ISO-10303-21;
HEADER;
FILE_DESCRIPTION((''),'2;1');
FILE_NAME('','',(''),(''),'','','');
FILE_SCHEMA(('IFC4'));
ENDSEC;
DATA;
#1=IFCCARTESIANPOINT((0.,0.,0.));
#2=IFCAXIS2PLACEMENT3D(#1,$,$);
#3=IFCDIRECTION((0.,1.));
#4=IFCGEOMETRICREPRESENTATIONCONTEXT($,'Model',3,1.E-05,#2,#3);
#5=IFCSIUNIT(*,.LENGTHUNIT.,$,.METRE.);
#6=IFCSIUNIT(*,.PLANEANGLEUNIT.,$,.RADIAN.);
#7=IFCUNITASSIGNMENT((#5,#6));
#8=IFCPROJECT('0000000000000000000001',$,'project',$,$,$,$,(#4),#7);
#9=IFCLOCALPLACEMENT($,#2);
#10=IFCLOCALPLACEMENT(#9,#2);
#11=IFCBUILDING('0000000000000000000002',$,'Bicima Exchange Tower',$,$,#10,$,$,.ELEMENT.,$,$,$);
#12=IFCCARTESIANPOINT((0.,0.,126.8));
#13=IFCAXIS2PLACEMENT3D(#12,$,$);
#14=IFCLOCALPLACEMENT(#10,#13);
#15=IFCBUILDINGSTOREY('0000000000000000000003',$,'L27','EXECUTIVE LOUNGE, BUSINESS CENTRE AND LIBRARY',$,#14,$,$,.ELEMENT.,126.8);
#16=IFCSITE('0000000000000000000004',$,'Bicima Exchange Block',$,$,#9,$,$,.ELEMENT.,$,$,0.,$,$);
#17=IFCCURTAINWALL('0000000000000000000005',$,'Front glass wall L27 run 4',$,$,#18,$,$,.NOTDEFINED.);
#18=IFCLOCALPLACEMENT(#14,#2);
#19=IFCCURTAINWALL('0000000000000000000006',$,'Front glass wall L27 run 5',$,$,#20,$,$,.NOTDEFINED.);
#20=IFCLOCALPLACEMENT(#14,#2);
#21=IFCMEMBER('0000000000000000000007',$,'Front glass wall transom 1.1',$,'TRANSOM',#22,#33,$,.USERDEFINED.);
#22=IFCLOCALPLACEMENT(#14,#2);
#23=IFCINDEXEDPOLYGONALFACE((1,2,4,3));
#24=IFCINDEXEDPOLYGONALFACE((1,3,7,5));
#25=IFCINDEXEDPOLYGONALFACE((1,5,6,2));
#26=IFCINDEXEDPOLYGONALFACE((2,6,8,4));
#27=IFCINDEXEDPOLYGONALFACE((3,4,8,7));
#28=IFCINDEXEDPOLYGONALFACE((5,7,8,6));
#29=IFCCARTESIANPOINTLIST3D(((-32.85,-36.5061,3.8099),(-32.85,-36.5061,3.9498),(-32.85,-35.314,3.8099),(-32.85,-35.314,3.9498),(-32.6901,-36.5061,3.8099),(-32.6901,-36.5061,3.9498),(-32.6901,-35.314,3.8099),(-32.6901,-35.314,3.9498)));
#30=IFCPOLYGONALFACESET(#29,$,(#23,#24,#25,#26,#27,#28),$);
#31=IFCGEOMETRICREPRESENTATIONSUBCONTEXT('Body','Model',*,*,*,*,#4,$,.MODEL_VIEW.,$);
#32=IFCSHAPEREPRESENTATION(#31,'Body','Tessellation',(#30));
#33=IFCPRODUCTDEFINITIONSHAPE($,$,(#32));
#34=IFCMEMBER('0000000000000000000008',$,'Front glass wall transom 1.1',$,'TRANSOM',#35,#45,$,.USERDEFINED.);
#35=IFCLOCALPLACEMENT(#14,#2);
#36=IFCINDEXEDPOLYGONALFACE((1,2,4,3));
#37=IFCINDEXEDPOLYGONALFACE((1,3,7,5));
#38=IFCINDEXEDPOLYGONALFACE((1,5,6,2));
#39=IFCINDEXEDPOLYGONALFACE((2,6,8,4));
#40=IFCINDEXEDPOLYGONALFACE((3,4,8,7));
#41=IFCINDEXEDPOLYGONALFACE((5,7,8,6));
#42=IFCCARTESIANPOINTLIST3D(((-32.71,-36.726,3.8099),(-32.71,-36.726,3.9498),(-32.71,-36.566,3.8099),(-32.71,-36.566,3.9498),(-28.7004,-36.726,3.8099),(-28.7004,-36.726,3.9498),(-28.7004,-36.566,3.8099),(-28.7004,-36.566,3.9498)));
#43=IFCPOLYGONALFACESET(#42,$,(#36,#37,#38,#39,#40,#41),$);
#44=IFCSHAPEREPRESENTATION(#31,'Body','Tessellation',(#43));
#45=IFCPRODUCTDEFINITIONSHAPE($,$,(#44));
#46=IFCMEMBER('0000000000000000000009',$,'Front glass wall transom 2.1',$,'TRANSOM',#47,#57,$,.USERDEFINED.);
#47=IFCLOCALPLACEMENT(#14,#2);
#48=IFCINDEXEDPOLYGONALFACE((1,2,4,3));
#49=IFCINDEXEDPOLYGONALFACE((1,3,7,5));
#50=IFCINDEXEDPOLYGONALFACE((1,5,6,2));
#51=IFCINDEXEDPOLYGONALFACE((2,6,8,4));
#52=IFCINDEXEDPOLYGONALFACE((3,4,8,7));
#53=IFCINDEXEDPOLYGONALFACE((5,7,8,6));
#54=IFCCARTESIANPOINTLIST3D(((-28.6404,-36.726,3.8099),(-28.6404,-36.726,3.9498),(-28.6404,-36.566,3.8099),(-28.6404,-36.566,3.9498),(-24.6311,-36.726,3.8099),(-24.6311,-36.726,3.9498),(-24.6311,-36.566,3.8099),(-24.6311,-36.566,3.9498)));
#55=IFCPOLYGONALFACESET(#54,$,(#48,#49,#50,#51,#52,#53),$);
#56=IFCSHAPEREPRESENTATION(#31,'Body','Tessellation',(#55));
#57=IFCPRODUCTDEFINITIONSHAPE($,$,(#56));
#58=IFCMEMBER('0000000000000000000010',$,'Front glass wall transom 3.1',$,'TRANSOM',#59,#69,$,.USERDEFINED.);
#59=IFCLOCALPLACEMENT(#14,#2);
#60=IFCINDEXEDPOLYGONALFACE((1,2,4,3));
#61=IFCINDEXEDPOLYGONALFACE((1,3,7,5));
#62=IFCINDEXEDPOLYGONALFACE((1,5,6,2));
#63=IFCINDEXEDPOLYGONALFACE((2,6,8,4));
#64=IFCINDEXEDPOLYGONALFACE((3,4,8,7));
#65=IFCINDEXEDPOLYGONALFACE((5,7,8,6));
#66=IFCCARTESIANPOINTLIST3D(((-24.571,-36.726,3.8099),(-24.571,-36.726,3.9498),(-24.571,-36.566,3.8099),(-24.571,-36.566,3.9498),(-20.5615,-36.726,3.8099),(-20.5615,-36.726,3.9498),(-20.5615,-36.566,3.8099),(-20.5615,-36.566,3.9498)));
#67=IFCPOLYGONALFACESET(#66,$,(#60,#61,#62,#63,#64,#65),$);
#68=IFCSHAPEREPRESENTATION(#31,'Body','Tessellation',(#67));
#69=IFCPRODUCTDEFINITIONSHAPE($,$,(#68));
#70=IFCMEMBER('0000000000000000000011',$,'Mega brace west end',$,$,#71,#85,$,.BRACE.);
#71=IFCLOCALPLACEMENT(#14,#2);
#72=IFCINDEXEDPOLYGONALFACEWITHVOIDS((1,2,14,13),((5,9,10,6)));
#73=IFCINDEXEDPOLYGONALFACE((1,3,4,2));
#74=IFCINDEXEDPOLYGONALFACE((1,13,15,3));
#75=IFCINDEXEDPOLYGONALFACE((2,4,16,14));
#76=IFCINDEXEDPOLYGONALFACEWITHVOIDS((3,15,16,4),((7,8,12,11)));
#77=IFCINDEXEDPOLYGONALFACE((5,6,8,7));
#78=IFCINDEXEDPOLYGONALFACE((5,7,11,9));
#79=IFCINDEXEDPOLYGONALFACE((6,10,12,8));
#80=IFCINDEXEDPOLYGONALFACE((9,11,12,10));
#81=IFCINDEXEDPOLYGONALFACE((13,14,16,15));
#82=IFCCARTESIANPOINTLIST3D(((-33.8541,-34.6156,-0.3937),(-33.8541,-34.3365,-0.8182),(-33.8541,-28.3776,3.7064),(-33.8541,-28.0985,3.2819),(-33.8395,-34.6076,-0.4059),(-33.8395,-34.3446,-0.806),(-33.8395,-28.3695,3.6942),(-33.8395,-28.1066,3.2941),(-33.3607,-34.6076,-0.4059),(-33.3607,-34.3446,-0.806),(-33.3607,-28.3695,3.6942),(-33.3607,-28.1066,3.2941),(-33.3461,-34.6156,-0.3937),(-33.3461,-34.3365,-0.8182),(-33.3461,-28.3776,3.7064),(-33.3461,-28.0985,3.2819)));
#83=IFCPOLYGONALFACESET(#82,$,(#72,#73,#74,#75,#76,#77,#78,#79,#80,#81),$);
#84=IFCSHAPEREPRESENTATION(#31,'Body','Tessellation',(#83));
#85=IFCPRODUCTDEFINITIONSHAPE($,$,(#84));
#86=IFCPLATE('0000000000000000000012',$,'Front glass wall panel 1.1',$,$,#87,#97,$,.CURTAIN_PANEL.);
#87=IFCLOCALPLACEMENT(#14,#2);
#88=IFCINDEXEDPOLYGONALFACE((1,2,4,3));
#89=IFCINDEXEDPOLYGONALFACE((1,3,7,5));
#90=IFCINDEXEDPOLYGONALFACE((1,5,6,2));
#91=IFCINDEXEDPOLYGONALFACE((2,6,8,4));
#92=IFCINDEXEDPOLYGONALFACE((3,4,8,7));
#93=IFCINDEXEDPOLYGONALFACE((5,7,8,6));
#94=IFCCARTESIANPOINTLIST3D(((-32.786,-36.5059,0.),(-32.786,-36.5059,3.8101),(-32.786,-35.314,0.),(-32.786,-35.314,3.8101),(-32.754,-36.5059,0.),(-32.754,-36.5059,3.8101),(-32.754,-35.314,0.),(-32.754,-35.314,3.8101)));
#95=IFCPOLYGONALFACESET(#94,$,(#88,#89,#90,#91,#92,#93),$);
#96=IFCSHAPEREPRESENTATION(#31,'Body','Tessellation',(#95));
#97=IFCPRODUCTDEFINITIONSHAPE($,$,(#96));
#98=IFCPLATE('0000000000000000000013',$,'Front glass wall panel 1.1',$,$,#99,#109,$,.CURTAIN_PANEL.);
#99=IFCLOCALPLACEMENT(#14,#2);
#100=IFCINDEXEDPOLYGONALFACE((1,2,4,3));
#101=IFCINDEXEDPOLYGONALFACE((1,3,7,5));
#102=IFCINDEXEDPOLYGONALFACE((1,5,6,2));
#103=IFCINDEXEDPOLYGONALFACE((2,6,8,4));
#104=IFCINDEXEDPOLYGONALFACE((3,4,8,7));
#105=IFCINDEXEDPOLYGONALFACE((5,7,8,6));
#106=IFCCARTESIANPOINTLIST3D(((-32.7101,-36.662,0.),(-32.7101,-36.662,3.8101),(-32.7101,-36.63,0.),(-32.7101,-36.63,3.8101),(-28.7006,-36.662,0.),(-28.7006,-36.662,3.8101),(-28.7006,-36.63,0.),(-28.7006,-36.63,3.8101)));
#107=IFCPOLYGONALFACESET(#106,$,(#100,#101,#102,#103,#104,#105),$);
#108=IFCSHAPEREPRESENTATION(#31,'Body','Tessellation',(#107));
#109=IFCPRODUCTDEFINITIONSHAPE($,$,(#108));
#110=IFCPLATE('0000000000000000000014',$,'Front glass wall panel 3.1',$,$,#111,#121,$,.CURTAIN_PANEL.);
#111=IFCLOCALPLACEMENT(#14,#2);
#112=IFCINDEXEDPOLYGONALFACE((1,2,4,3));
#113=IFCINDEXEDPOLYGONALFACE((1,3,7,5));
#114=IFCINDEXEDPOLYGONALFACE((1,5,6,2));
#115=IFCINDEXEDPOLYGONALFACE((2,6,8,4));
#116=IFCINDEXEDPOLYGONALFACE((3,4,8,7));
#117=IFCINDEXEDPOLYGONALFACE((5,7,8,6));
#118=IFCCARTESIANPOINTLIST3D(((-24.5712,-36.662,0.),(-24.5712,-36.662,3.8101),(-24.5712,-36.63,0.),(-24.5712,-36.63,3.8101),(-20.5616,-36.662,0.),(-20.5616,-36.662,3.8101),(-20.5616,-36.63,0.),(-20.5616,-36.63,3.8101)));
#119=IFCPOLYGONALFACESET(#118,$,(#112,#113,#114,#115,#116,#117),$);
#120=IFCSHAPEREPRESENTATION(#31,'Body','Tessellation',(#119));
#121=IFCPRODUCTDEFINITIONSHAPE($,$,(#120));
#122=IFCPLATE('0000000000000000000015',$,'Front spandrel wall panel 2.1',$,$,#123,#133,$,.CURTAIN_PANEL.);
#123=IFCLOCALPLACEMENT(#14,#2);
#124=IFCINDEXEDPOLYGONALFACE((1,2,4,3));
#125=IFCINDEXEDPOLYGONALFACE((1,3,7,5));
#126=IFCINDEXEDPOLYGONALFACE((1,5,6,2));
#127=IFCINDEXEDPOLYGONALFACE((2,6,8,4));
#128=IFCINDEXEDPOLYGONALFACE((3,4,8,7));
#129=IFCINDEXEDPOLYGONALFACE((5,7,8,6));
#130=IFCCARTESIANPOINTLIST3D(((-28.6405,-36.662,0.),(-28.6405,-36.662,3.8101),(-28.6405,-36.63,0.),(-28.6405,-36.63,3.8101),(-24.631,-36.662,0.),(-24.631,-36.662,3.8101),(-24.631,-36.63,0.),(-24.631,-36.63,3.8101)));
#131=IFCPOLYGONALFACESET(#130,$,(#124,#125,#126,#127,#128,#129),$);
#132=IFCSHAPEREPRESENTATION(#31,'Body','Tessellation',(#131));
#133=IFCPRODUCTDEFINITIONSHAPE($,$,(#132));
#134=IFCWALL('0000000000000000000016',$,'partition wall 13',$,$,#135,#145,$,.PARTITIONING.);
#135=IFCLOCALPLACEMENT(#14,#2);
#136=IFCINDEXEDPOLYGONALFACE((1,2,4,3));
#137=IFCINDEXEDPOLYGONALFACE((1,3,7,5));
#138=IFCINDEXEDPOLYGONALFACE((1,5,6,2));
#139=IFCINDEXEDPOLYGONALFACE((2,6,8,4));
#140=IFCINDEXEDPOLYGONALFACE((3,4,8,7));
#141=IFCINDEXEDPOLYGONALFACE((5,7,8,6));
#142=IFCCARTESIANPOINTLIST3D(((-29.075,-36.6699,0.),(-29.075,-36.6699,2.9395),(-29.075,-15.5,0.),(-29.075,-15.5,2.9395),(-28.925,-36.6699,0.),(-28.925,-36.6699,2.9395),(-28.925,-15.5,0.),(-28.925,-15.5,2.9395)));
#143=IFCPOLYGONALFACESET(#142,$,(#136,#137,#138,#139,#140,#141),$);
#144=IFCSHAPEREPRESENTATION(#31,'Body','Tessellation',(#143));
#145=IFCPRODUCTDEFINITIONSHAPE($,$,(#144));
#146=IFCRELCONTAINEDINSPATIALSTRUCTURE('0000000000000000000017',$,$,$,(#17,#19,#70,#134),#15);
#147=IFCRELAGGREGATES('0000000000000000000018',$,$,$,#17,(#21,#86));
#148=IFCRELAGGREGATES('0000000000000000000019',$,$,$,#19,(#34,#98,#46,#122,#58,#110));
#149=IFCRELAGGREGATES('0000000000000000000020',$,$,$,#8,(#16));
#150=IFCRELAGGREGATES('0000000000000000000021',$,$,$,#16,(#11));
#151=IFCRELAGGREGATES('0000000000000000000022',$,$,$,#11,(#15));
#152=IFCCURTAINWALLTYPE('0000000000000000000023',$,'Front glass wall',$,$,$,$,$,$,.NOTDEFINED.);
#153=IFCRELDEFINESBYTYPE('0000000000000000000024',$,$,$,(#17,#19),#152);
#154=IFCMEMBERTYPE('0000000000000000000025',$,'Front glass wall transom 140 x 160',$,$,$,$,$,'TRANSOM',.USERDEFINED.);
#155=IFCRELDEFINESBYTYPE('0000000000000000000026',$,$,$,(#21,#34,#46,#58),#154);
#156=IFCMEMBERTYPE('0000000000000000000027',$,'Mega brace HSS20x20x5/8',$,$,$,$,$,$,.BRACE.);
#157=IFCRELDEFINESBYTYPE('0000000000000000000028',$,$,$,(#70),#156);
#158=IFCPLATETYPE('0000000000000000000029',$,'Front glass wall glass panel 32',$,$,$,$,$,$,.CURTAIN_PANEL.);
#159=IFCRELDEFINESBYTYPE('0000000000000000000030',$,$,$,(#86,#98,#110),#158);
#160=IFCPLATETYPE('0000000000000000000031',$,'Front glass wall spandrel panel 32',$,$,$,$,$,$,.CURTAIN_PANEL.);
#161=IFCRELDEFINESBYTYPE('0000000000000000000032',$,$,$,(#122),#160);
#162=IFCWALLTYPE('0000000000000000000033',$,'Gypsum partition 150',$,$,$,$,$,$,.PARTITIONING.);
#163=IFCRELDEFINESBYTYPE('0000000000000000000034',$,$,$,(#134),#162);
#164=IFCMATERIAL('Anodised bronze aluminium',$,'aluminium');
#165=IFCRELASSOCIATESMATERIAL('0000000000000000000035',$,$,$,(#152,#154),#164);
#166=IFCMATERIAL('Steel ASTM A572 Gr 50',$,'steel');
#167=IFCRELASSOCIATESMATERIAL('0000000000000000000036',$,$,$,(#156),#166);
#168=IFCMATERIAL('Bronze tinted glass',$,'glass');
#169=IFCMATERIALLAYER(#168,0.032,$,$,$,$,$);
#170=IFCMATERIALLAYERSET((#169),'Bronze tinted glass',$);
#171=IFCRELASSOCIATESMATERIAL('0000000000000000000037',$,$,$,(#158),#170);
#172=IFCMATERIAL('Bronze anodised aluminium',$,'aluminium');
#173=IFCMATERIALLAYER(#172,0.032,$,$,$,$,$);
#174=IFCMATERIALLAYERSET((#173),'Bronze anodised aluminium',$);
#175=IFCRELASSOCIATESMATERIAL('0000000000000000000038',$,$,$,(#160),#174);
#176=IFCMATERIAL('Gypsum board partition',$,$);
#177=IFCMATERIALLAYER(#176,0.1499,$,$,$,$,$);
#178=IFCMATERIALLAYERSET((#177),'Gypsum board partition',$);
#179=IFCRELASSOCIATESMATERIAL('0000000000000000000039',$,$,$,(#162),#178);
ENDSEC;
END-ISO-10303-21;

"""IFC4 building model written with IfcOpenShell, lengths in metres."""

from ifc_helpers import new_model, si_unit, direction, frame, frame_2d, origin, origin_2d, place, context, subcontext, project, spatial, rectangle, hollow_rectangle, extrude, material, layer, layer_set, material_profile, profile_set, type_object, element, aggregate, save


model = new_model("IFC4")

# Units and contexts
model_context = context("Model", 3, precision=1e-05, world=origin(), true_north=direction((0.0, 1.0)))
body_context = subcontext(model_context, "Body", "Model", "MODEL_VIEW")
ifc_project = project(units=[si_unit("LENGTHUNIT", "METRE"), si_unit("PLANEANGLEUNIT", "RADIAN")], contexts=[model_context])

# Site, building, storey
site_placement = place(None, origin())
site = spatial("IfcSite", under=ifc_project, at=site_placement, Name="Bicima Exchange Block", CompositionType="ELEMENT", RefElevation=0.0)
building_placement = place(site_placement, origin())
building = spatial("IfcBuilding", under=site, at=building_placement, Name="Bicima Exchange Tower", CompositionType="ELEMENT")
storey_placement = place(building_placement, frame((0.0, 0.0, 126.8)))
storey = spatial("IfcBuildingStorey", under=building, at=storey_placement, Name="L27", Description="EXECUTIVE LOUNGE, BUSINESS CENTRE AND LIBRARY", CompositionType="ELEMENT", Elevation=126.8)

# Shared definitions
ifc_material_1 = material(Name="Steel ASTM A572 Gr 50", Category="steel")

# Shared definitions
ifc_material_2 = material(Name="Anodised bronze aluminium", Category="aluminium")
curtain_wall_type = type_object("IfcCurtainWallType", Name="Front glass wall", PredefinedType="NOTDEFINED", material=ifc_material_2)

# Curtain walls
curtain_wall_1_placement = place(storey_placement, origin())
curtain_wall_1 = element("IfcCurtainWall", 1, at=curtain_wall_1_placement, inside=storey, type_object=curtain_wall_type, Name="Front glass wall L27 run 4", PredefinedType="NOTDEFINED")
curtain_wall_2_placement = place(storey_placement, origin())
curtain_wall_2 = element("IfcCurtainWall", 2, at=curtain_wall_2_placement, inside=storey, type_object=curtain_wall_type, Name="Front glass wall L27 run 5", PredefinedType="NOTDEFINED")

# Members
ifc_material_profile_1 = material_profile(ifc_material_2, rectangle(XDim=0.1599, YDim=0.1399, at=origin_2d()))
ifc_profile_set_1 = profile_set([ifc_material_profile_1], Name="Anodised bronze aluminium")
member_type_1 = type_object("IfcMemberType", Name="Front glass wall transom 140 x 160", ElementType="TRANSOM", PredefinedType="USERDEFINED", material=ifc_profile_set_1)
member_1_placement = place(storey_placement, frame((-32.77, -35.314, 3.8799), z_axis=(0.0, -1.0, 0.0), x_axis=(1.0, 0.0, 0.0)))
member_1 = element("IfcMember", 3, at=member_1_placement, type_object=member_type_1, Name="Front glass wall transom 1.1", ObjectType="TRANSOM", PredefinedType="USERDEFINED", context=body_context, shape_type="SweptSolid", body=[
    extrude(rectangle(XDim=0.1599, YDim=0.1399, at=origin_2d()), origin(), (0.0, 0.0, 1.0), 1.1921),
])
member_2_placement = place(storey_placement, frame((-32.71, -36.646, 3.8799), z_axis=(1.0, 0.0, 0.0), x_axis=(0.0, 1.0, 0.0)))
member_2 = element("IfcMember", 4, at=member_2_placement, type_object=member_type_1, Name="Front glass wall transom 1.1", ObjectType="TRANSOM", PredefinedType="USERDEFINED", context=body_context, shape_type="SweptSolid", body=[
    extrude(rectangle(XDim=0.1599, YDim=0.1399, at=origin_2d()), origin(), (0.0, 0.0, 1.0), 4.0095),
])
member_3_placement = place(storey_placement, frame((-28.6404, -36.646, 3.8799), z_axis=(1.0, 0.0, 0.0), x_axis=(0.0, 1.0, 0.0)))
member_3 = element("IfcMember", 5, at=member_3_placement, type_object=member_type_1, Name="Front glass wall transom 2.1", ObjectType="TRANSOM", PredefinedType="USERDEFINED", context=body_context, shape_type="SweptSolid", body=[
    extrude(rectangle(XDim=0.1599, YDim=0.1399, at=origin_2d()), origin(), (0.0, 0.0, 1.0), 4.0093),
])
member_4_placement = place(storey_placement, frame((-24.571, -36.646, 3.8799), z_axis=(1.0, 0.0, 0.0), x_axis=(0.0, 1.0, 0.0)))
member_4 = element("IfcMember", 6, at=member_4_placement, type_object=member_type_1, Name="Front glass wall transom 3.1", ObjectType="TRANSOM", PredefinedType="USERDEFINED", context=body_context, shape_type="SweptSolid", body=[
    extrude(rectangle(XDim=0.1599, YDim=0.1399, at=origin_2d()), origin(), (0.0, 0.0, 1.0), 4.0095),
])
ifc_material_profile_2 = material_profile(ifc_material_1, hollow_rectangle(XDim=0.5081, YDim=0.5081, WallThickness=0.0146, at=origin_2d()))
ifc_profile_set_2 = profile_set([ifc_material_profile_2], Name="Steel ASTM A572 Gr 50")
member_type_2 = type_object("IfcMemberType", Name="Mega brace HSS20x20x5/8", PredefinedType="BRACE", material=ifc_profile_set_2)
member_5_placement = place(storey_placement, frame((-33.6001, -34.4761, -0.606), z_axis=(0.0, 0.835655, 0.549254), x_axis=(-1.0, 0.0, 0.0)))
element("IfcMember", 7, at=member_5_placement, inside=storey, type_object=member_type_2, Name="Mega brace west end", PredefinedType="BRACE", context=body_context, shape_type="SweptSolid", body=[
    extrude(hollow_rectangle(XDim=0.5081, YDim=0.5081, WallThickness=0.0146, at=origin_2d()), origin(), (0.0, 0.0, 1.0), 7.4648),
])

# Plates
ifc_material_3 = material(Name="Bronze tinted glass", Category="glass")
ifc_layer_1 = layer(ifc_material_3, 0.032)
ifc_layer_set_1 = layer_set([ifc_layer_1], Name="Bronze tinted glass")
plate_type_1 = type_object("IfcPlateType", Name="Front glass wall glass panel 32", PredefinedType="CURTAIN_PANEL", material=ifc_layer_set_1)
plate_1_placement = place(storey_placement, frame((-32.77, -35.9099, 0.0), z_axis=(0.0, 0.0, 1.0), x_axis=(0.0, -1.0, 0.0)))
plate_1 = element("IfcPlate", 8, at=plate_1_placement, type_object=plate_type_1, Name="Front glass wall panel 1.1", PredefinedType="CURTAIN_PANEL", context=body_context, shape_type="SweptSolid", body=[
    extrude(rectangle(XDim=1.1919, YDim=0.032, at=origin_2d()), origin(), (0.0, 0.0, 1.0), 3.8101),
])
aggregate(curtain_wall_1, [member_1, plate_1])
plate_2_placement = place(storey_placement, frame((-30.7053, -36.646, 0.0), z_axis=(0.0, 0.0, 1.0), x_axis=(1.0, 0.0, 0.0)))
plate_2 = element("IfcPlate", 9, at=plate_2_placement, type_object=plate_type_1, Name="Front glass wall panel 1.1", PredefinedType="CURTAIN_PANEL", context=body_context, shape_type="SweptSolid", body=[
    extrude(rectangle(XDim=4.0095, YDim=0.032, at=origin_2d()), origin(), (0.0, 0.0, 1.0), 3.8101),
])
plate_3_placement = place(storey_placement, frame((-22.5664, -36.646, 0.0), z_axis=(0.0, 0.0, 1.0), x_axis=(1.0, 0.0, 0.0)))
plate_3 = element("IfcPlate", 10, at=plate_3_placement, type_object=plate_type_1, Name="Front glass wall panel 3.1", PredefinedType="CURTAIN_PANEL", context=body_context, shape_type="SweptSolid", body=[
    extrude(rectangle(XDim=4.0095, YDim=0.032, at=origin_2d()), origin(), (0.0, 0.0, 1.0), 3.8101),
])
ifc_material_4 = material(Name="Bronze anodised aluminium", Category="aluminium")
ifc_layer_2 = layer(ifc_material_4, 0.032)
ifc_layer_set_2 = layer_set([ifc_layer_2], Name="Bronze anodised aluminium")
plate_type_2 = type_object("IfcPlateType", Name="Front glass wall spandrel panel 32", PredefinedType="CURTAIN_PANEL", material=ifc_layer_set_2)
plate_4_placement = place(storey_placement, frame((-26.6357, -36.646, 0.0), z_axis=(0.0, 0.0, 1.0), x_axis=(1.0, 0.0, 0.0)))
plate_4 = element("IfcPlate", 11, at=plate_4_placement, type_object=plate_type_2, Name="Front spandrel wall panel 2.1", PredefinedType="CURTAIN_PANEL", context=body_context, shape_type="SweptSolid", body=[
    extrude(rectangle(XDim=4.0095, YDim=0.032, at=origin_2d()), origin(), (0.0, 0.0, 1.0), 3.8101),
])
aggregate(curtain_wall_2, [member_2, plate_2, member_3, plate_4, member_4, plate_3])

# Wall
ifc_material_5 = material(Name="Gypsum board partition")
ifc_layer_3 = layer(ifc_material_5, 0.1499)
ifc_layer_set_3 = layer_set([ifc_layer_3], Name="Gypsum board partition")
wall_type = type_object("IfcWallType", Name="Gypsum partition 150", PredefinedType="PARTITIONING", material=ifc_layer_set_3)
wall_placement = place(storey_placement, frame((-29.0, -36.6699, 0.0), z_axis=(0.0, 0.0, 1.0), x_axis=(0.0, 1.0, 0.0)))
element("IfcWall", 12, at=wall_placement, inside=storey, type_object=wall_type, Name="partition wall 13", PredefinedType="PARTITIONING", context=body_context, shape_type="SweptSolid", body=[
    extrude(rectangle(XDim=21.1699, YDim=0.1499, at=frame_2d((10.585, 0.0))), origin(), (0.0, 0.0, 1.0), 2.9395),
])

save(model, "model.ifc")
